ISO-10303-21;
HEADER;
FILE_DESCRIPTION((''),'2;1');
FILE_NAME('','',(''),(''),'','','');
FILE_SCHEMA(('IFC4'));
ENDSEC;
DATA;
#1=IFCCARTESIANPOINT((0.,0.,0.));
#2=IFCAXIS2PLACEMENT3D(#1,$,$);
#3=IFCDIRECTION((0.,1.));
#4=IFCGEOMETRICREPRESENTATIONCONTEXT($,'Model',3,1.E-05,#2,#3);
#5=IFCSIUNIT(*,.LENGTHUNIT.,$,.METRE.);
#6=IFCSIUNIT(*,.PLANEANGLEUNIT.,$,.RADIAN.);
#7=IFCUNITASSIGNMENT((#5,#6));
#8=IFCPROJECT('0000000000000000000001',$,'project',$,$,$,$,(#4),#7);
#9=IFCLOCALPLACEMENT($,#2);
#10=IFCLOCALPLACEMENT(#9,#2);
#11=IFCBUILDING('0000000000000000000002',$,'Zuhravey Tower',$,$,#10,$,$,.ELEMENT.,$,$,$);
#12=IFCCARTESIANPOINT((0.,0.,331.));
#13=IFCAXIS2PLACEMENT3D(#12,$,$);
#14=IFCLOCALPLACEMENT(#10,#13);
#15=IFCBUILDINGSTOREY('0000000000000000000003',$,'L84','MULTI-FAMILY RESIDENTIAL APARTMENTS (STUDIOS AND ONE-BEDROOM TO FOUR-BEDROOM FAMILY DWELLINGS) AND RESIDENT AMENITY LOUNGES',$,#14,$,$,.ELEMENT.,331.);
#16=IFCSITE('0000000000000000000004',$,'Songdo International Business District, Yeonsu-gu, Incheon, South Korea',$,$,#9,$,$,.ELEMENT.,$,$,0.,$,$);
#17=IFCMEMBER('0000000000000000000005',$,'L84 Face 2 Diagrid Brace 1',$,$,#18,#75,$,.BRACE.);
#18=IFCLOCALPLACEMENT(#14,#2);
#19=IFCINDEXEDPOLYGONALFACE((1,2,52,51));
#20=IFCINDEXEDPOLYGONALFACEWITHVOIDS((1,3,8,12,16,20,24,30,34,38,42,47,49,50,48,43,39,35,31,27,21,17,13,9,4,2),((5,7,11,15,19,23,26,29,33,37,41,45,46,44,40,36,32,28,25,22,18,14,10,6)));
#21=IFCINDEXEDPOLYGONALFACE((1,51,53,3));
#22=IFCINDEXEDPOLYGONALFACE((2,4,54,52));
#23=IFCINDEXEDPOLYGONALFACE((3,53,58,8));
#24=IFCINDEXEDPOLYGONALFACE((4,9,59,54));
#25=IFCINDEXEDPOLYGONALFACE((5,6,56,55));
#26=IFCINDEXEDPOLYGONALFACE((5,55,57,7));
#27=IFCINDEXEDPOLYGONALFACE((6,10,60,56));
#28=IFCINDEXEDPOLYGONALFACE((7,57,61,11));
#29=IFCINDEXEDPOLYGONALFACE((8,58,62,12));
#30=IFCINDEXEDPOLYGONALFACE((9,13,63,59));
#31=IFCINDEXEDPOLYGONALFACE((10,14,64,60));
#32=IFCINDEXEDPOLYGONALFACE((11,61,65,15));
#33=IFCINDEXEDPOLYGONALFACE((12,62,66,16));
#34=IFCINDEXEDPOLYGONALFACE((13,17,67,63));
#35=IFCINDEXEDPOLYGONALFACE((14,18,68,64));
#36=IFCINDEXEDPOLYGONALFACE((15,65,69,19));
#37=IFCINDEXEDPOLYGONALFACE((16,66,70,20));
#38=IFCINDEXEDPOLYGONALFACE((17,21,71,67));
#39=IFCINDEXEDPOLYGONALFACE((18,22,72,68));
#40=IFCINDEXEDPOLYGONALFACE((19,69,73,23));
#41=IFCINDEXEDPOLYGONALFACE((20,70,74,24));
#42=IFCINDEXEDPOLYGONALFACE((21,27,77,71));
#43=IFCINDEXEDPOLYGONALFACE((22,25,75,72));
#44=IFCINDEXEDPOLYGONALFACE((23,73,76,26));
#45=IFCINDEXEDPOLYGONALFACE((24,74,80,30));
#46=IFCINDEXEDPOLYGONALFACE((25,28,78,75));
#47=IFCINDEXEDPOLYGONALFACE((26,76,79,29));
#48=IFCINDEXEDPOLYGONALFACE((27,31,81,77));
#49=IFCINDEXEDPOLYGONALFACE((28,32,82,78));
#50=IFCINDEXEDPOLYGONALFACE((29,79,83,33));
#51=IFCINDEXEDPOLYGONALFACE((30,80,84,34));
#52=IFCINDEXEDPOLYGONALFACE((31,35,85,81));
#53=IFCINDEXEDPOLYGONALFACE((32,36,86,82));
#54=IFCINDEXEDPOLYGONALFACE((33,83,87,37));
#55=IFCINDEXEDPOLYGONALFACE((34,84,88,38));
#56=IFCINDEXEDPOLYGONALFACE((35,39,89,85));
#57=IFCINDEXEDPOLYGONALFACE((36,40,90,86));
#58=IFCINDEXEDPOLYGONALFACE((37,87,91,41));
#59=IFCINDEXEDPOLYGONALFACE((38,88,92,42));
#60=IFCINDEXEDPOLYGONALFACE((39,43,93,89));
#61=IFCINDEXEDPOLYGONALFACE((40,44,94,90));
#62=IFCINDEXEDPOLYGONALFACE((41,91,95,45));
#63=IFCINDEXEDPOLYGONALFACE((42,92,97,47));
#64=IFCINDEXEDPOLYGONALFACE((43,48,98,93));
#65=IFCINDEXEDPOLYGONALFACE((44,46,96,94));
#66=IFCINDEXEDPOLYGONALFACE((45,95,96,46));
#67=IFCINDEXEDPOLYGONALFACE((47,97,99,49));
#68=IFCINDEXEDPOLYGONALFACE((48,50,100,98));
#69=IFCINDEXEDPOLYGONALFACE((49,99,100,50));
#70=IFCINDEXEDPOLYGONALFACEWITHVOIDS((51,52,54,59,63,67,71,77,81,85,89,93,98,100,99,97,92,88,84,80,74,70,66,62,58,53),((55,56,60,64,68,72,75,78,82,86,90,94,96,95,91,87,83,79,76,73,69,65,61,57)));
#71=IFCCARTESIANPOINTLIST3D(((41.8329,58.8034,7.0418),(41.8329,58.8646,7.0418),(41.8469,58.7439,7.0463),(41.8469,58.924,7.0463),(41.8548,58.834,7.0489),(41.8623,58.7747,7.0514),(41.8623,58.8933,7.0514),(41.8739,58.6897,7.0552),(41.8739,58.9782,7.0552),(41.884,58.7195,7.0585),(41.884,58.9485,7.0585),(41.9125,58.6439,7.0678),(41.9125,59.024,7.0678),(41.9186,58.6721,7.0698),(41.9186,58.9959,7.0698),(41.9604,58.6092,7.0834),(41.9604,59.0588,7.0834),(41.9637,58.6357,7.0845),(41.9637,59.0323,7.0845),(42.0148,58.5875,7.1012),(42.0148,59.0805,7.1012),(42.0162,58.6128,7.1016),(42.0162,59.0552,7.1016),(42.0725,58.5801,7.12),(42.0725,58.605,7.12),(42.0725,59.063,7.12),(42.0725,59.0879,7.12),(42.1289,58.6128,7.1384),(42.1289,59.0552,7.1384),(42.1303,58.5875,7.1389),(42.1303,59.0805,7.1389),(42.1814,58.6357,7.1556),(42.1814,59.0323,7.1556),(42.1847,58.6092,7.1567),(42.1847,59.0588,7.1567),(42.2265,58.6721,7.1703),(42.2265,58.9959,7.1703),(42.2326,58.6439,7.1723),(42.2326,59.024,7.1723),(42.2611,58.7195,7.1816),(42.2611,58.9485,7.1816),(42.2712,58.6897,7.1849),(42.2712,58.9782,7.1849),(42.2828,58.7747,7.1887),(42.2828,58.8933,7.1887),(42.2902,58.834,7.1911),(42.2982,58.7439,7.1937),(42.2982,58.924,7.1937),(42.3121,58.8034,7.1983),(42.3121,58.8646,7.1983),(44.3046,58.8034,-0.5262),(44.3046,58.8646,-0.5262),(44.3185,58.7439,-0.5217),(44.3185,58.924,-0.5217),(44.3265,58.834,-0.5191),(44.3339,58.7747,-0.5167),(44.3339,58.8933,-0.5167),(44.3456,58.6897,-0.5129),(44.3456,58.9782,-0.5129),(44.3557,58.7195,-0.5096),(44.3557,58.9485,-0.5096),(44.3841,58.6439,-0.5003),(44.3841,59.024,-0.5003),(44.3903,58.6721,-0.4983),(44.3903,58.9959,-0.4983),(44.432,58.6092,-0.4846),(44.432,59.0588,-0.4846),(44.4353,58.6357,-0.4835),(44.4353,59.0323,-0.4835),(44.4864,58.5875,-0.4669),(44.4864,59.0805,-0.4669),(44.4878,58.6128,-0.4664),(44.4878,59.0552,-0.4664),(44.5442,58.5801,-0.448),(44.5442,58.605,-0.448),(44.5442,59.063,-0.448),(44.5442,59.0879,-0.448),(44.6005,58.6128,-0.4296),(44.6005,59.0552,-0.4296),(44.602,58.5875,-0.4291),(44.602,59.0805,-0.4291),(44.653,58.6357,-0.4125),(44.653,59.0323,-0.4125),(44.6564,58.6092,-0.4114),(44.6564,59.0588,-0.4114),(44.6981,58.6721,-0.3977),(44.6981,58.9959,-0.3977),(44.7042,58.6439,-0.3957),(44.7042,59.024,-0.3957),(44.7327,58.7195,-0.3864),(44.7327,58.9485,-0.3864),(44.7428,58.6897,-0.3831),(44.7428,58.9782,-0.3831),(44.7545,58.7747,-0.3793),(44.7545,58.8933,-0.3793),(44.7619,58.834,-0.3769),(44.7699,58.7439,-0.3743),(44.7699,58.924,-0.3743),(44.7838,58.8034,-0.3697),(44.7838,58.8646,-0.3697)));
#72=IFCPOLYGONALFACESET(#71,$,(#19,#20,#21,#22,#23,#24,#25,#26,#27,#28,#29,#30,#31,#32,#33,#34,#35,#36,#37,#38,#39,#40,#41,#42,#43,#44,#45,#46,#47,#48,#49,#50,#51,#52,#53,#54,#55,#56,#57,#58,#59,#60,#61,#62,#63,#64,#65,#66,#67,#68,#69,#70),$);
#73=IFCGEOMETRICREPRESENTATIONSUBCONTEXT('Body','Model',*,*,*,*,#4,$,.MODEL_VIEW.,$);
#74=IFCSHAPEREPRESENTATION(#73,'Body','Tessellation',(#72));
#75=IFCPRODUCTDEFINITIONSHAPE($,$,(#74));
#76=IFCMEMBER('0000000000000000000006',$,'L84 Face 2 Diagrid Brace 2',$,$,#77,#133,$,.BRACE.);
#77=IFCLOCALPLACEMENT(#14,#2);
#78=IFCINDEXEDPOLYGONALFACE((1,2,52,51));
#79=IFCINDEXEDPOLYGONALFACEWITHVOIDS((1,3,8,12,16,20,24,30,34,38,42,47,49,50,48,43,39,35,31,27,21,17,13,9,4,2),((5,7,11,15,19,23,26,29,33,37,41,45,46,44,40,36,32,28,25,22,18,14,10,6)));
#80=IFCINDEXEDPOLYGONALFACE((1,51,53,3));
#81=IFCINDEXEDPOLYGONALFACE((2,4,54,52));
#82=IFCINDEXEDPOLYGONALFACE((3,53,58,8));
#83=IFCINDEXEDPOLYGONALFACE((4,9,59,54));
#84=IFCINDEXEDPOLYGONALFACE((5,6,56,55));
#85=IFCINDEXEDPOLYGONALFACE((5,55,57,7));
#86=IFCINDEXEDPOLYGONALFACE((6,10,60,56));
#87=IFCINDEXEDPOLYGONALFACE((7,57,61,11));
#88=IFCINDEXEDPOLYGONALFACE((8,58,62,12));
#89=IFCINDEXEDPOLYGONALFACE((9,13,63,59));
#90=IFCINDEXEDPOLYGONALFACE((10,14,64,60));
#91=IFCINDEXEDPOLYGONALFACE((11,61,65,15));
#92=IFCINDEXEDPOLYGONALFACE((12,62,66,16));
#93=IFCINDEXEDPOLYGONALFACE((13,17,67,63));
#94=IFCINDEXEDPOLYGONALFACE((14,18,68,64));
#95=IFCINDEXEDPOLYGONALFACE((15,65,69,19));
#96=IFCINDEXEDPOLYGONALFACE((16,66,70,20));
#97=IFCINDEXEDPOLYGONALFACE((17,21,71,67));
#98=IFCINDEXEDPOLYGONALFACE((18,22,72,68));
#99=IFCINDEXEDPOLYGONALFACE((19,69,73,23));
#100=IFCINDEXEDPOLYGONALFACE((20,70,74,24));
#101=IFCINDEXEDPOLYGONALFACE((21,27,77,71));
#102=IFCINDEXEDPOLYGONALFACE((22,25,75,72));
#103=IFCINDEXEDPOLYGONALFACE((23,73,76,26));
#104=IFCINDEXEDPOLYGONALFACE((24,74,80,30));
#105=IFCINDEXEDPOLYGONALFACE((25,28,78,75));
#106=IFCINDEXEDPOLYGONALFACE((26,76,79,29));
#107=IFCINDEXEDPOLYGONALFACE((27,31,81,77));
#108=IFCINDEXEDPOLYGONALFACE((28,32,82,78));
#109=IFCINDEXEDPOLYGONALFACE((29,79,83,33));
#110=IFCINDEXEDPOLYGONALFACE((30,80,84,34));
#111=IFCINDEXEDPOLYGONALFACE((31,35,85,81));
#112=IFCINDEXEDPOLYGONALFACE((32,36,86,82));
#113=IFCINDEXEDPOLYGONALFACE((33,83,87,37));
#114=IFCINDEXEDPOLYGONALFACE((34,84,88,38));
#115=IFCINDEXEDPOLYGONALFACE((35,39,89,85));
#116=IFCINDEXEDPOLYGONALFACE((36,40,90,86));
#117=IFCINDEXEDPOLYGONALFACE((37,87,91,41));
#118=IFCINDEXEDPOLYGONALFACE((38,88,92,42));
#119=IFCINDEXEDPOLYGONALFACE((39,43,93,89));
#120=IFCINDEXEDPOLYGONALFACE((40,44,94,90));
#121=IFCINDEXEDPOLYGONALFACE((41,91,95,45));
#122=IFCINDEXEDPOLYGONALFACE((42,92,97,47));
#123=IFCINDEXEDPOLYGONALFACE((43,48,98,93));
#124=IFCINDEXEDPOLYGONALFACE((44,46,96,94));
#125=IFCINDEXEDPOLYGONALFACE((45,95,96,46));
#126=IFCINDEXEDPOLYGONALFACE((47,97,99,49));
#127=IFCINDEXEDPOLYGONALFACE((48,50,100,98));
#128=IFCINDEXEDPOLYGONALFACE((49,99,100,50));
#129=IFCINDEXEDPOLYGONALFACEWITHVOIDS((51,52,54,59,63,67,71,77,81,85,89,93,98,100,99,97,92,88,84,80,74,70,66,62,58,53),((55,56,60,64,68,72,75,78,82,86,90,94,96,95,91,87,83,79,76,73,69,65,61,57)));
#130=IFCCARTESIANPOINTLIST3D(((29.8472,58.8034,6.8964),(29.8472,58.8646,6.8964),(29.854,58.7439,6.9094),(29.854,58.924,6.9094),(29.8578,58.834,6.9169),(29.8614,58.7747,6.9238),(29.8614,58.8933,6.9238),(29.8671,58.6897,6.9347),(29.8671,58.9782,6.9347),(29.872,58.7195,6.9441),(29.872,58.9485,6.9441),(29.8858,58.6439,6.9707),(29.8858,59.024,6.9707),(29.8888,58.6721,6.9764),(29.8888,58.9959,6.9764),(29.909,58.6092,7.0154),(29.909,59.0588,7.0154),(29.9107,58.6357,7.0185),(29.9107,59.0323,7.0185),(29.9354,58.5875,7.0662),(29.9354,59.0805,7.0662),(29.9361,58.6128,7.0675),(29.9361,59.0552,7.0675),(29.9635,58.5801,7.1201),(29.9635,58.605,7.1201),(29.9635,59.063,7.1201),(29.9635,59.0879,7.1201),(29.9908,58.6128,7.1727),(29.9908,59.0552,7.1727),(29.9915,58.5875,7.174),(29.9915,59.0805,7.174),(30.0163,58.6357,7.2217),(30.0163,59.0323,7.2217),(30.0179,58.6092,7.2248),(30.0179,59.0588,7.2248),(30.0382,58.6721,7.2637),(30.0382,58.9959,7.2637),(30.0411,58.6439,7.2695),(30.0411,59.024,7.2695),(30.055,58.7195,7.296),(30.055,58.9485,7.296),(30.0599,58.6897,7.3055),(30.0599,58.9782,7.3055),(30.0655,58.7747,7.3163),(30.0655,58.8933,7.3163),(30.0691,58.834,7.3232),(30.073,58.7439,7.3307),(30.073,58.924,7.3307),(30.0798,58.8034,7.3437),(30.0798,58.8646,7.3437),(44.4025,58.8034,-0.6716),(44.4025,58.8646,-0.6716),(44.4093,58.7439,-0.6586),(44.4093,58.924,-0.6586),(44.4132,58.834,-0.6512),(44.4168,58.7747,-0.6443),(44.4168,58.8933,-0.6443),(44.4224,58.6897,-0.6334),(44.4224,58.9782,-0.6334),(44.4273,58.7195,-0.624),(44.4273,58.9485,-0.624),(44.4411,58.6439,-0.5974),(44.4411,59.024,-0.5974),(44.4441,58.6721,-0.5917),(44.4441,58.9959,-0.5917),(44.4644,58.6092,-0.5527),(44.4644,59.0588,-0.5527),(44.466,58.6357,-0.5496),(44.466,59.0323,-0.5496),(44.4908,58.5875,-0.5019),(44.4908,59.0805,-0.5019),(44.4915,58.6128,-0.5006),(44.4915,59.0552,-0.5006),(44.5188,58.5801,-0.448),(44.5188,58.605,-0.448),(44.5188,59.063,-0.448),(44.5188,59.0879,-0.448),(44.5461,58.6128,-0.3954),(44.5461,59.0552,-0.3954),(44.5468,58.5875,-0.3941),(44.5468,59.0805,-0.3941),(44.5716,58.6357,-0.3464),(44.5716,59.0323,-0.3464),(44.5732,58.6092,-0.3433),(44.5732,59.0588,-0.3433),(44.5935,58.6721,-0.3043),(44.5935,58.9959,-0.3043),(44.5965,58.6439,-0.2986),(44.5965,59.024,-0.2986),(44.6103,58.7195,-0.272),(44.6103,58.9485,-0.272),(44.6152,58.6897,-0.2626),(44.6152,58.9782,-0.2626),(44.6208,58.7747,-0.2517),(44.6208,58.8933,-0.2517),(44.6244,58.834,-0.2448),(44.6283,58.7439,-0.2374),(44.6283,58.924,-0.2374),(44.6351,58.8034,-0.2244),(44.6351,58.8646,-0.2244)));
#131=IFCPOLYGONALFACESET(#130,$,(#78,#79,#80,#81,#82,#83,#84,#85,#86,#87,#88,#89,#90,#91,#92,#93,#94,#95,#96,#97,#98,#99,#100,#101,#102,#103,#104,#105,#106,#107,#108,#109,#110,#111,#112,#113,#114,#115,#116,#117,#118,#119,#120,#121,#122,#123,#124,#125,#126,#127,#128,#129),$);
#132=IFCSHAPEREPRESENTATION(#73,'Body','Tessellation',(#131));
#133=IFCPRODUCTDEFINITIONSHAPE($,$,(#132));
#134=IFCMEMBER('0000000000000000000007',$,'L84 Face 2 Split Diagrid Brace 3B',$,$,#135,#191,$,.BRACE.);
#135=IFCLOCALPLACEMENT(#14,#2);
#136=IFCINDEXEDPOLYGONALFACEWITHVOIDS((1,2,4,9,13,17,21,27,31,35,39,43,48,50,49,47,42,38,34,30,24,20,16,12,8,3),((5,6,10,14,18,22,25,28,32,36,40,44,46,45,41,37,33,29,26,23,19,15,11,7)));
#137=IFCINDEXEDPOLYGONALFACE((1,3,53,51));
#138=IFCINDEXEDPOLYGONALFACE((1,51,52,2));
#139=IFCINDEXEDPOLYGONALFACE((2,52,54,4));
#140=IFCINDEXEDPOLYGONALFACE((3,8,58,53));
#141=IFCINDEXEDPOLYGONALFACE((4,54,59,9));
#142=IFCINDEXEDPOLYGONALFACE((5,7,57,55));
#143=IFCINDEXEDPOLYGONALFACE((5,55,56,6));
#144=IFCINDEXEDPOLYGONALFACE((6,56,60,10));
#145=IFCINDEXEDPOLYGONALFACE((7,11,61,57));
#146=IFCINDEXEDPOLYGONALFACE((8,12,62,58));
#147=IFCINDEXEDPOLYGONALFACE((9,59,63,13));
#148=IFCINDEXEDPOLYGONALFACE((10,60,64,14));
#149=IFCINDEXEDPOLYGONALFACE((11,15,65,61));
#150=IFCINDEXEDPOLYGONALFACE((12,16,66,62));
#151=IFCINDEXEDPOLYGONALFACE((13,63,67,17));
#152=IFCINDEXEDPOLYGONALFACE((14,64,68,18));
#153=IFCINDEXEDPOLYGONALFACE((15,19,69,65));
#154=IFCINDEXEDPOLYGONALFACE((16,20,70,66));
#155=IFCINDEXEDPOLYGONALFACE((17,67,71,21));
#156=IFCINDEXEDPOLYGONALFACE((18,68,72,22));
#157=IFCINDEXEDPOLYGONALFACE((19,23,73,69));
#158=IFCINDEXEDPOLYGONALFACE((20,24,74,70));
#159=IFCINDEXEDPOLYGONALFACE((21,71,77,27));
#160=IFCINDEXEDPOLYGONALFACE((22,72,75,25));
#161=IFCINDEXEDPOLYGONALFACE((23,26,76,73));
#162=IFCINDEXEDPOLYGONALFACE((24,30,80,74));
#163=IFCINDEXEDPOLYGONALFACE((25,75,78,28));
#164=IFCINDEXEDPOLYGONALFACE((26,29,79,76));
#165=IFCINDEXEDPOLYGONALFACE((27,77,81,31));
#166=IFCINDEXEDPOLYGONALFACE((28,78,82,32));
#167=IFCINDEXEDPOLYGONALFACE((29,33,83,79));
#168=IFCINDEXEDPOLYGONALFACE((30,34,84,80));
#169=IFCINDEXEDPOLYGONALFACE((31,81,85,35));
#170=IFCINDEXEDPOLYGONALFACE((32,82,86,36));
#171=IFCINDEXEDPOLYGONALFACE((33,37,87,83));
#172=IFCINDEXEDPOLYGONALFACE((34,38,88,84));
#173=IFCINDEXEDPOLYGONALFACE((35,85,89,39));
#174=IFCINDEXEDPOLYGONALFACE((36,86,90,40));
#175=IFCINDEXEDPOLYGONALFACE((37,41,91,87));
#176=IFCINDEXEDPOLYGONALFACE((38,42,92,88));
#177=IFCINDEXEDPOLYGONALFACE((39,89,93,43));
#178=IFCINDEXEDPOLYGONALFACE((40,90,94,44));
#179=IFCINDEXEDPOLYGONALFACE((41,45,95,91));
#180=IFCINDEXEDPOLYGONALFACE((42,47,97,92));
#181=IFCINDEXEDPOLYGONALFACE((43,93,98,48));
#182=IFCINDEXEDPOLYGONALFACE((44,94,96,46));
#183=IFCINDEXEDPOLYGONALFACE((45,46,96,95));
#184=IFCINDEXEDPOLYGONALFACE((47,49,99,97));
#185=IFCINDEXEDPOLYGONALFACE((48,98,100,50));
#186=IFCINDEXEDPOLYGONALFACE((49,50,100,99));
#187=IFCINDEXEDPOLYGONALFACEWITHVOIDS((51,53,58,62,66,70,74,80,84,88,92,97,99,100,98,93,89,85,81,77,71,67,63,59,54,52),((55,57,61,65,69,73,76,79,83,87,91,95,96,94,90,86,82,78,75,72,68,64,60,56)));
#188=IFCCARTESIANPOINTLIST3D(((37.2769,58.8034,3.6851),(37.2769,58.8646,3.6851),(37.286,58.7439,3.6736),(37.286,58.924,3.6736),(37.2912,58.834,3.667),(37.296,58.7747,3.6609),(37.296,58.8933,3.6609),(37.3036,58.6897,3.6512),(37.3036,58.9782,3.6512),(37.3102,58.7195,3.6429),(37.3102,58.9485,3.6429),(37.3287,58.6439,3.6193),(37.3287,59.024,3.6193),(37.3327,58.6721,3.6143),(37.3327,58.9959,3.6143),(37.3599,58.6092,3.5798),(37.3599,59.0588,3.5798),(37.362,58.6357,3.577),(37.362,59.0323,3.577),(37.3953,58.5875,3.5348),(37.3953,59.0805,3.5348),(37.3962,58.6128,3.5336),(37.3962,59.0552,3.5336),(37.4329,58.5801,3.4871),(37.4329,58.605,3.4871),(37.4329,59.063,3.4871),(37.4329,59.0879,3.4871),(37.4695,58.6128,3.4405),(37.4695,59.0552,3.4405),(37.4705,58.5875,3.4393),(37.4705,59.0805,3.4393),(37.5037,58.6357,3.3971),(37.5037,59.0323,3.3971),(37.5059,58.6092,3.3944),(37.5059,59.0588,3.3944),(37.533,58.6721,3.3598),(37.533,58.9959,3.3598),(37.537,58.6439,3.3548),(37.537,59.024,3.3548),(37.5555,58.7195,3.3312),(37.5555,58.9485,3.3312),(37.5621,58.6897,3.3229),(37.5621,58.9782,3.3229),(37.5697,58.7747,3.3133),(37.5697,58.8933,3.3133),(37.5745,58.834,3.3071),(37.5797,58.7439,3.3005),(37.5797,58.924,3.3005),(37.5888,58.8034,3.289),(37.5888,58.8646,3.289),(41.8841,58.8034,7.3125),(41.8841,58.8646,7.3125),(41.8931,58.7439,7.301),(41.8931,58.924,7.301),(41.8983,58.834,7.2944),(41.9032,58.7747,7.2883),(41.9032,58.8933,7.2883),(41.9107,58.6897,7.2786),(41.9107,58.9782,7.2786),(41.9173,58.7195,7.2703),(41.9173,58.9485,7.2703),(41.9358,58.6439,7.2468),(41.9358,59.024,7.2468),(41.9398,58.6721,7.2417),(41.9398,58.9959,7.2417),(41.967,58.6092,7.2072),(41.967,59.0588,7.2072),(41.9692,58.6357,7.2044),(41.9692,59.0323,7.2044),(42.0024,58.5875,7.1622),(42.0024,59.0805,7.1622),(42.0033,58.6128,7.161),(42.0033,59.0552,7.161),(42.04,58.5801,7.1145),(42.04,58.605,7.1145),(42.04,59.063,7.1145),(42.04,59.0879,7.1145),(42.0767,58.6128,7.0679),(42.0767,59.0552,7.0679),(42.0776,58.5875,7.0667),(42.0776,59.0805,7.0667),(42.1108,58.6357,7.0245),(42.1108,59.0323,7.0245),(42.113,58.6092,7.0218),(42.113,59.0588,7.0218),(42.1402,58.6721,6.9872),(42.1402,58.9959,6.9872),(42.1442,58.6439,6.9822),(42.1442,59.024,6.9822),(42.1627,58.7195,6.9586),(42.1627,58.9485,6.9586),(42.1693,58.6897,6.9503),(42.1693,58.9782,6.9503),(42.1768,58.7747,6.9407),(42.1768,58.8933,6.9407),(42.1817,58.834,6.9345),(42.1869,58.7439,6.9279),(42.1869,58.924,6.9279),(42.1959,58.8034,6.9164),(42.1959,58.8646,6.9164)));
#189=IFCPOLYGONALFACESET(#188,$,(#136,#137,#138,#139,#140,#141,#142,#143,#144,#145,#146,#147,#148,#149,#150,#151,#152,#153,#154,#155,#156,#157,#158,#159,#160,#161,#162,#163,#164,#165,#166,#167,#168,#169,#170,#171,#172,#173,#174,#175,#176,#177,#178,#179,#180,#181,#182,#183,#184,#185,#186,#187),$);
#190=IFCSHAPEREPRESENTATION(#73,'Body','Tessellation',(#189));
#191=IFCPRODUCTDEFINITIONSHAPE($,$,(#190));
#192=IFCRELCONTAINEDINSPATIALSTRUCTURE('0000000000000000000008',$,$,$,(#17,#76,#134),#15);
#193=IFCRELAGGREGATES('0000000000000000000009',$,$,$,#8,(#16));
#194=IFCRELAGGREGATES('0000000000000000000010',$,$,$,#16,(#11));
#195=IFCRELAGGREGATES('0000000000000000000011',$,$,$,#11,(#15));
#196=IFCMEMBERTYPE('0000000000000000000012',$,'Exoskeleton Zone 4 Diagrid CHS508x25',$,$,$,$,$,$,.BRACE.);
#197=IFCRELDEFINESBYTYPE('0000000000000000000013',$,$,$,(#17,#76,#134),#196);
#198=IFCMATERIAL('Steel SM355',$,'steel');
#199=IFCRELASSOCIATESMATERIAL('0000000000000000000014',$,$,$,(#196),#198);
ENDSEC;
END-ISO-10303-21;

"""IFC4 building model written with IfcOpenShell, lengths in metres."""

from ifc_helpers import new_model, si_unit, direction, frame, origin, origin_2d, place, context, subcontext, project, spatial, hollow_circle, extrude, material, material_profile, profile_set, type_object, element, save


model = new_model("IFC4")

# Units and contexts
model_context = context("Model", 3, precision=1e-05, world=origin(), true_north=direction((0.0, 1.0)))
body_context = subcontext(model_context, "Body", "Model", "MODEL_VIEW")
ifc_project = project(units=[si_unit("LENGTHUNIT", "METRE"), si_unit("PLANEANGLEUNIT", "RADIAN")], contexts=[model_context])

# Site, building, storey
site_placement = place(None, origin())
site = spatial("IfcSite", under=ifc_project, at=site_placement, Name="Songdo International Business District, Yeonsu-gu, Incheon, South Korea", CompositionType="ELEMENT", RefElevation=0.0)
building_placement = place(site_placement, origin())
building = spatial("IfcBuilding", under=site, at=building_placement, Name="Zuhravey Tower", CompositionType="ELEMENT")
storey_placement = place(building_placement, frame((0.0, 0.0, 331.0)))
storey = spatial("IfcBuildingStorey", under=building, at=storey_placement, Name="L84", Description="MULTI-FAMILY RESIDENTIAL APARTMENTS (STUDIOS AND ONE-BEDROOM TO FOUR-BEDROOM FAMILY DWELLINGS) AND RESIDENT AMENITY LOUNGES", CompositionType="ELEMENT", Elevation=331.0)

# Members
ifc_material_1 = material(Name="Steel SM355", Category="steel")
ifc_material_profile_1 = material_profile(ifc_material_1, hollow_circle(Radius=0.2539, WallThickness=0.0249, at=origin_2d()), Name="CHS-508.0x25")
ifc_profile_set_1 = profile_set([ifc_material_profile_1], Name="Steel SM355")
member_type_1 = type_object("IfcMemberType", Name="Exoskeleton Zone 4 Diagrid CHS508x25", PredefinedType="BRACE", material=ifc_profile_set_1)
member_1_placement = place(storey_placement, frame((44.5442, 58.834, -0.448), z_axis=(-0.310454, 0.0, 0.950588), x_axis=(0.0, -1.0, 0.0)))
element("IfcMember", 1, at=member_1_placement, inside=storey, type_object=member_type_1, Name="L84 Face 2 Diagrid Brace 1", PredefinedType="BRACE", context=body_context, shape_type="SweptSolid", body=[
    extrude(hollow_circle(Radius=0.2539, WallThickness=0.0249, at=origin_2d()), origin(), (0.0, 0.0, 1.0), 7.9614),
])
member_2_placement = place(storey_placement, frame((44.5188, 58.834, -0.448), z_axis=(-0.887234, 0.0, 0.461319), x_axis=(0.0, -1.0, 0.0)))
element("IfcMember", 2, at=member_2_placement, inside=storey, type_object=member_type_1, Name="L84 Face 2 Diagrid Brace 2", PredefinedType="BRACE", context=body_context, shape_type="SweptSolid", body=[
    extrude(hollow_circle(Radius=0.2539, WallThickness=0.0249, at=origin_2d()), origin(), (0.0, 0.0, 1.0), 16.4053),
])
member_3_placement = place(storey_placement, frame((37.4329, 58.834, 3.4871), z_axis=(0.785695, 0.0, 0.618614), x_axis=(0.0, 1.0, 0.0)))
element("IfcMember", 3, at=member_3_placement, inside=storey, type_object=member_type_1, Name="L84 Face 2 Split Diagrid Brace 3B", PredefinedType="BRACE", context=body_context, shape_type="SweptSolid", body=[
    extrude(hollow_circle(Radius=0.2539, WallThickness=0.0249, at=origin_2d()), origin(), (0.0, 0.0, 1.0), 5.8638),
])

save(model, "model.ifc")
